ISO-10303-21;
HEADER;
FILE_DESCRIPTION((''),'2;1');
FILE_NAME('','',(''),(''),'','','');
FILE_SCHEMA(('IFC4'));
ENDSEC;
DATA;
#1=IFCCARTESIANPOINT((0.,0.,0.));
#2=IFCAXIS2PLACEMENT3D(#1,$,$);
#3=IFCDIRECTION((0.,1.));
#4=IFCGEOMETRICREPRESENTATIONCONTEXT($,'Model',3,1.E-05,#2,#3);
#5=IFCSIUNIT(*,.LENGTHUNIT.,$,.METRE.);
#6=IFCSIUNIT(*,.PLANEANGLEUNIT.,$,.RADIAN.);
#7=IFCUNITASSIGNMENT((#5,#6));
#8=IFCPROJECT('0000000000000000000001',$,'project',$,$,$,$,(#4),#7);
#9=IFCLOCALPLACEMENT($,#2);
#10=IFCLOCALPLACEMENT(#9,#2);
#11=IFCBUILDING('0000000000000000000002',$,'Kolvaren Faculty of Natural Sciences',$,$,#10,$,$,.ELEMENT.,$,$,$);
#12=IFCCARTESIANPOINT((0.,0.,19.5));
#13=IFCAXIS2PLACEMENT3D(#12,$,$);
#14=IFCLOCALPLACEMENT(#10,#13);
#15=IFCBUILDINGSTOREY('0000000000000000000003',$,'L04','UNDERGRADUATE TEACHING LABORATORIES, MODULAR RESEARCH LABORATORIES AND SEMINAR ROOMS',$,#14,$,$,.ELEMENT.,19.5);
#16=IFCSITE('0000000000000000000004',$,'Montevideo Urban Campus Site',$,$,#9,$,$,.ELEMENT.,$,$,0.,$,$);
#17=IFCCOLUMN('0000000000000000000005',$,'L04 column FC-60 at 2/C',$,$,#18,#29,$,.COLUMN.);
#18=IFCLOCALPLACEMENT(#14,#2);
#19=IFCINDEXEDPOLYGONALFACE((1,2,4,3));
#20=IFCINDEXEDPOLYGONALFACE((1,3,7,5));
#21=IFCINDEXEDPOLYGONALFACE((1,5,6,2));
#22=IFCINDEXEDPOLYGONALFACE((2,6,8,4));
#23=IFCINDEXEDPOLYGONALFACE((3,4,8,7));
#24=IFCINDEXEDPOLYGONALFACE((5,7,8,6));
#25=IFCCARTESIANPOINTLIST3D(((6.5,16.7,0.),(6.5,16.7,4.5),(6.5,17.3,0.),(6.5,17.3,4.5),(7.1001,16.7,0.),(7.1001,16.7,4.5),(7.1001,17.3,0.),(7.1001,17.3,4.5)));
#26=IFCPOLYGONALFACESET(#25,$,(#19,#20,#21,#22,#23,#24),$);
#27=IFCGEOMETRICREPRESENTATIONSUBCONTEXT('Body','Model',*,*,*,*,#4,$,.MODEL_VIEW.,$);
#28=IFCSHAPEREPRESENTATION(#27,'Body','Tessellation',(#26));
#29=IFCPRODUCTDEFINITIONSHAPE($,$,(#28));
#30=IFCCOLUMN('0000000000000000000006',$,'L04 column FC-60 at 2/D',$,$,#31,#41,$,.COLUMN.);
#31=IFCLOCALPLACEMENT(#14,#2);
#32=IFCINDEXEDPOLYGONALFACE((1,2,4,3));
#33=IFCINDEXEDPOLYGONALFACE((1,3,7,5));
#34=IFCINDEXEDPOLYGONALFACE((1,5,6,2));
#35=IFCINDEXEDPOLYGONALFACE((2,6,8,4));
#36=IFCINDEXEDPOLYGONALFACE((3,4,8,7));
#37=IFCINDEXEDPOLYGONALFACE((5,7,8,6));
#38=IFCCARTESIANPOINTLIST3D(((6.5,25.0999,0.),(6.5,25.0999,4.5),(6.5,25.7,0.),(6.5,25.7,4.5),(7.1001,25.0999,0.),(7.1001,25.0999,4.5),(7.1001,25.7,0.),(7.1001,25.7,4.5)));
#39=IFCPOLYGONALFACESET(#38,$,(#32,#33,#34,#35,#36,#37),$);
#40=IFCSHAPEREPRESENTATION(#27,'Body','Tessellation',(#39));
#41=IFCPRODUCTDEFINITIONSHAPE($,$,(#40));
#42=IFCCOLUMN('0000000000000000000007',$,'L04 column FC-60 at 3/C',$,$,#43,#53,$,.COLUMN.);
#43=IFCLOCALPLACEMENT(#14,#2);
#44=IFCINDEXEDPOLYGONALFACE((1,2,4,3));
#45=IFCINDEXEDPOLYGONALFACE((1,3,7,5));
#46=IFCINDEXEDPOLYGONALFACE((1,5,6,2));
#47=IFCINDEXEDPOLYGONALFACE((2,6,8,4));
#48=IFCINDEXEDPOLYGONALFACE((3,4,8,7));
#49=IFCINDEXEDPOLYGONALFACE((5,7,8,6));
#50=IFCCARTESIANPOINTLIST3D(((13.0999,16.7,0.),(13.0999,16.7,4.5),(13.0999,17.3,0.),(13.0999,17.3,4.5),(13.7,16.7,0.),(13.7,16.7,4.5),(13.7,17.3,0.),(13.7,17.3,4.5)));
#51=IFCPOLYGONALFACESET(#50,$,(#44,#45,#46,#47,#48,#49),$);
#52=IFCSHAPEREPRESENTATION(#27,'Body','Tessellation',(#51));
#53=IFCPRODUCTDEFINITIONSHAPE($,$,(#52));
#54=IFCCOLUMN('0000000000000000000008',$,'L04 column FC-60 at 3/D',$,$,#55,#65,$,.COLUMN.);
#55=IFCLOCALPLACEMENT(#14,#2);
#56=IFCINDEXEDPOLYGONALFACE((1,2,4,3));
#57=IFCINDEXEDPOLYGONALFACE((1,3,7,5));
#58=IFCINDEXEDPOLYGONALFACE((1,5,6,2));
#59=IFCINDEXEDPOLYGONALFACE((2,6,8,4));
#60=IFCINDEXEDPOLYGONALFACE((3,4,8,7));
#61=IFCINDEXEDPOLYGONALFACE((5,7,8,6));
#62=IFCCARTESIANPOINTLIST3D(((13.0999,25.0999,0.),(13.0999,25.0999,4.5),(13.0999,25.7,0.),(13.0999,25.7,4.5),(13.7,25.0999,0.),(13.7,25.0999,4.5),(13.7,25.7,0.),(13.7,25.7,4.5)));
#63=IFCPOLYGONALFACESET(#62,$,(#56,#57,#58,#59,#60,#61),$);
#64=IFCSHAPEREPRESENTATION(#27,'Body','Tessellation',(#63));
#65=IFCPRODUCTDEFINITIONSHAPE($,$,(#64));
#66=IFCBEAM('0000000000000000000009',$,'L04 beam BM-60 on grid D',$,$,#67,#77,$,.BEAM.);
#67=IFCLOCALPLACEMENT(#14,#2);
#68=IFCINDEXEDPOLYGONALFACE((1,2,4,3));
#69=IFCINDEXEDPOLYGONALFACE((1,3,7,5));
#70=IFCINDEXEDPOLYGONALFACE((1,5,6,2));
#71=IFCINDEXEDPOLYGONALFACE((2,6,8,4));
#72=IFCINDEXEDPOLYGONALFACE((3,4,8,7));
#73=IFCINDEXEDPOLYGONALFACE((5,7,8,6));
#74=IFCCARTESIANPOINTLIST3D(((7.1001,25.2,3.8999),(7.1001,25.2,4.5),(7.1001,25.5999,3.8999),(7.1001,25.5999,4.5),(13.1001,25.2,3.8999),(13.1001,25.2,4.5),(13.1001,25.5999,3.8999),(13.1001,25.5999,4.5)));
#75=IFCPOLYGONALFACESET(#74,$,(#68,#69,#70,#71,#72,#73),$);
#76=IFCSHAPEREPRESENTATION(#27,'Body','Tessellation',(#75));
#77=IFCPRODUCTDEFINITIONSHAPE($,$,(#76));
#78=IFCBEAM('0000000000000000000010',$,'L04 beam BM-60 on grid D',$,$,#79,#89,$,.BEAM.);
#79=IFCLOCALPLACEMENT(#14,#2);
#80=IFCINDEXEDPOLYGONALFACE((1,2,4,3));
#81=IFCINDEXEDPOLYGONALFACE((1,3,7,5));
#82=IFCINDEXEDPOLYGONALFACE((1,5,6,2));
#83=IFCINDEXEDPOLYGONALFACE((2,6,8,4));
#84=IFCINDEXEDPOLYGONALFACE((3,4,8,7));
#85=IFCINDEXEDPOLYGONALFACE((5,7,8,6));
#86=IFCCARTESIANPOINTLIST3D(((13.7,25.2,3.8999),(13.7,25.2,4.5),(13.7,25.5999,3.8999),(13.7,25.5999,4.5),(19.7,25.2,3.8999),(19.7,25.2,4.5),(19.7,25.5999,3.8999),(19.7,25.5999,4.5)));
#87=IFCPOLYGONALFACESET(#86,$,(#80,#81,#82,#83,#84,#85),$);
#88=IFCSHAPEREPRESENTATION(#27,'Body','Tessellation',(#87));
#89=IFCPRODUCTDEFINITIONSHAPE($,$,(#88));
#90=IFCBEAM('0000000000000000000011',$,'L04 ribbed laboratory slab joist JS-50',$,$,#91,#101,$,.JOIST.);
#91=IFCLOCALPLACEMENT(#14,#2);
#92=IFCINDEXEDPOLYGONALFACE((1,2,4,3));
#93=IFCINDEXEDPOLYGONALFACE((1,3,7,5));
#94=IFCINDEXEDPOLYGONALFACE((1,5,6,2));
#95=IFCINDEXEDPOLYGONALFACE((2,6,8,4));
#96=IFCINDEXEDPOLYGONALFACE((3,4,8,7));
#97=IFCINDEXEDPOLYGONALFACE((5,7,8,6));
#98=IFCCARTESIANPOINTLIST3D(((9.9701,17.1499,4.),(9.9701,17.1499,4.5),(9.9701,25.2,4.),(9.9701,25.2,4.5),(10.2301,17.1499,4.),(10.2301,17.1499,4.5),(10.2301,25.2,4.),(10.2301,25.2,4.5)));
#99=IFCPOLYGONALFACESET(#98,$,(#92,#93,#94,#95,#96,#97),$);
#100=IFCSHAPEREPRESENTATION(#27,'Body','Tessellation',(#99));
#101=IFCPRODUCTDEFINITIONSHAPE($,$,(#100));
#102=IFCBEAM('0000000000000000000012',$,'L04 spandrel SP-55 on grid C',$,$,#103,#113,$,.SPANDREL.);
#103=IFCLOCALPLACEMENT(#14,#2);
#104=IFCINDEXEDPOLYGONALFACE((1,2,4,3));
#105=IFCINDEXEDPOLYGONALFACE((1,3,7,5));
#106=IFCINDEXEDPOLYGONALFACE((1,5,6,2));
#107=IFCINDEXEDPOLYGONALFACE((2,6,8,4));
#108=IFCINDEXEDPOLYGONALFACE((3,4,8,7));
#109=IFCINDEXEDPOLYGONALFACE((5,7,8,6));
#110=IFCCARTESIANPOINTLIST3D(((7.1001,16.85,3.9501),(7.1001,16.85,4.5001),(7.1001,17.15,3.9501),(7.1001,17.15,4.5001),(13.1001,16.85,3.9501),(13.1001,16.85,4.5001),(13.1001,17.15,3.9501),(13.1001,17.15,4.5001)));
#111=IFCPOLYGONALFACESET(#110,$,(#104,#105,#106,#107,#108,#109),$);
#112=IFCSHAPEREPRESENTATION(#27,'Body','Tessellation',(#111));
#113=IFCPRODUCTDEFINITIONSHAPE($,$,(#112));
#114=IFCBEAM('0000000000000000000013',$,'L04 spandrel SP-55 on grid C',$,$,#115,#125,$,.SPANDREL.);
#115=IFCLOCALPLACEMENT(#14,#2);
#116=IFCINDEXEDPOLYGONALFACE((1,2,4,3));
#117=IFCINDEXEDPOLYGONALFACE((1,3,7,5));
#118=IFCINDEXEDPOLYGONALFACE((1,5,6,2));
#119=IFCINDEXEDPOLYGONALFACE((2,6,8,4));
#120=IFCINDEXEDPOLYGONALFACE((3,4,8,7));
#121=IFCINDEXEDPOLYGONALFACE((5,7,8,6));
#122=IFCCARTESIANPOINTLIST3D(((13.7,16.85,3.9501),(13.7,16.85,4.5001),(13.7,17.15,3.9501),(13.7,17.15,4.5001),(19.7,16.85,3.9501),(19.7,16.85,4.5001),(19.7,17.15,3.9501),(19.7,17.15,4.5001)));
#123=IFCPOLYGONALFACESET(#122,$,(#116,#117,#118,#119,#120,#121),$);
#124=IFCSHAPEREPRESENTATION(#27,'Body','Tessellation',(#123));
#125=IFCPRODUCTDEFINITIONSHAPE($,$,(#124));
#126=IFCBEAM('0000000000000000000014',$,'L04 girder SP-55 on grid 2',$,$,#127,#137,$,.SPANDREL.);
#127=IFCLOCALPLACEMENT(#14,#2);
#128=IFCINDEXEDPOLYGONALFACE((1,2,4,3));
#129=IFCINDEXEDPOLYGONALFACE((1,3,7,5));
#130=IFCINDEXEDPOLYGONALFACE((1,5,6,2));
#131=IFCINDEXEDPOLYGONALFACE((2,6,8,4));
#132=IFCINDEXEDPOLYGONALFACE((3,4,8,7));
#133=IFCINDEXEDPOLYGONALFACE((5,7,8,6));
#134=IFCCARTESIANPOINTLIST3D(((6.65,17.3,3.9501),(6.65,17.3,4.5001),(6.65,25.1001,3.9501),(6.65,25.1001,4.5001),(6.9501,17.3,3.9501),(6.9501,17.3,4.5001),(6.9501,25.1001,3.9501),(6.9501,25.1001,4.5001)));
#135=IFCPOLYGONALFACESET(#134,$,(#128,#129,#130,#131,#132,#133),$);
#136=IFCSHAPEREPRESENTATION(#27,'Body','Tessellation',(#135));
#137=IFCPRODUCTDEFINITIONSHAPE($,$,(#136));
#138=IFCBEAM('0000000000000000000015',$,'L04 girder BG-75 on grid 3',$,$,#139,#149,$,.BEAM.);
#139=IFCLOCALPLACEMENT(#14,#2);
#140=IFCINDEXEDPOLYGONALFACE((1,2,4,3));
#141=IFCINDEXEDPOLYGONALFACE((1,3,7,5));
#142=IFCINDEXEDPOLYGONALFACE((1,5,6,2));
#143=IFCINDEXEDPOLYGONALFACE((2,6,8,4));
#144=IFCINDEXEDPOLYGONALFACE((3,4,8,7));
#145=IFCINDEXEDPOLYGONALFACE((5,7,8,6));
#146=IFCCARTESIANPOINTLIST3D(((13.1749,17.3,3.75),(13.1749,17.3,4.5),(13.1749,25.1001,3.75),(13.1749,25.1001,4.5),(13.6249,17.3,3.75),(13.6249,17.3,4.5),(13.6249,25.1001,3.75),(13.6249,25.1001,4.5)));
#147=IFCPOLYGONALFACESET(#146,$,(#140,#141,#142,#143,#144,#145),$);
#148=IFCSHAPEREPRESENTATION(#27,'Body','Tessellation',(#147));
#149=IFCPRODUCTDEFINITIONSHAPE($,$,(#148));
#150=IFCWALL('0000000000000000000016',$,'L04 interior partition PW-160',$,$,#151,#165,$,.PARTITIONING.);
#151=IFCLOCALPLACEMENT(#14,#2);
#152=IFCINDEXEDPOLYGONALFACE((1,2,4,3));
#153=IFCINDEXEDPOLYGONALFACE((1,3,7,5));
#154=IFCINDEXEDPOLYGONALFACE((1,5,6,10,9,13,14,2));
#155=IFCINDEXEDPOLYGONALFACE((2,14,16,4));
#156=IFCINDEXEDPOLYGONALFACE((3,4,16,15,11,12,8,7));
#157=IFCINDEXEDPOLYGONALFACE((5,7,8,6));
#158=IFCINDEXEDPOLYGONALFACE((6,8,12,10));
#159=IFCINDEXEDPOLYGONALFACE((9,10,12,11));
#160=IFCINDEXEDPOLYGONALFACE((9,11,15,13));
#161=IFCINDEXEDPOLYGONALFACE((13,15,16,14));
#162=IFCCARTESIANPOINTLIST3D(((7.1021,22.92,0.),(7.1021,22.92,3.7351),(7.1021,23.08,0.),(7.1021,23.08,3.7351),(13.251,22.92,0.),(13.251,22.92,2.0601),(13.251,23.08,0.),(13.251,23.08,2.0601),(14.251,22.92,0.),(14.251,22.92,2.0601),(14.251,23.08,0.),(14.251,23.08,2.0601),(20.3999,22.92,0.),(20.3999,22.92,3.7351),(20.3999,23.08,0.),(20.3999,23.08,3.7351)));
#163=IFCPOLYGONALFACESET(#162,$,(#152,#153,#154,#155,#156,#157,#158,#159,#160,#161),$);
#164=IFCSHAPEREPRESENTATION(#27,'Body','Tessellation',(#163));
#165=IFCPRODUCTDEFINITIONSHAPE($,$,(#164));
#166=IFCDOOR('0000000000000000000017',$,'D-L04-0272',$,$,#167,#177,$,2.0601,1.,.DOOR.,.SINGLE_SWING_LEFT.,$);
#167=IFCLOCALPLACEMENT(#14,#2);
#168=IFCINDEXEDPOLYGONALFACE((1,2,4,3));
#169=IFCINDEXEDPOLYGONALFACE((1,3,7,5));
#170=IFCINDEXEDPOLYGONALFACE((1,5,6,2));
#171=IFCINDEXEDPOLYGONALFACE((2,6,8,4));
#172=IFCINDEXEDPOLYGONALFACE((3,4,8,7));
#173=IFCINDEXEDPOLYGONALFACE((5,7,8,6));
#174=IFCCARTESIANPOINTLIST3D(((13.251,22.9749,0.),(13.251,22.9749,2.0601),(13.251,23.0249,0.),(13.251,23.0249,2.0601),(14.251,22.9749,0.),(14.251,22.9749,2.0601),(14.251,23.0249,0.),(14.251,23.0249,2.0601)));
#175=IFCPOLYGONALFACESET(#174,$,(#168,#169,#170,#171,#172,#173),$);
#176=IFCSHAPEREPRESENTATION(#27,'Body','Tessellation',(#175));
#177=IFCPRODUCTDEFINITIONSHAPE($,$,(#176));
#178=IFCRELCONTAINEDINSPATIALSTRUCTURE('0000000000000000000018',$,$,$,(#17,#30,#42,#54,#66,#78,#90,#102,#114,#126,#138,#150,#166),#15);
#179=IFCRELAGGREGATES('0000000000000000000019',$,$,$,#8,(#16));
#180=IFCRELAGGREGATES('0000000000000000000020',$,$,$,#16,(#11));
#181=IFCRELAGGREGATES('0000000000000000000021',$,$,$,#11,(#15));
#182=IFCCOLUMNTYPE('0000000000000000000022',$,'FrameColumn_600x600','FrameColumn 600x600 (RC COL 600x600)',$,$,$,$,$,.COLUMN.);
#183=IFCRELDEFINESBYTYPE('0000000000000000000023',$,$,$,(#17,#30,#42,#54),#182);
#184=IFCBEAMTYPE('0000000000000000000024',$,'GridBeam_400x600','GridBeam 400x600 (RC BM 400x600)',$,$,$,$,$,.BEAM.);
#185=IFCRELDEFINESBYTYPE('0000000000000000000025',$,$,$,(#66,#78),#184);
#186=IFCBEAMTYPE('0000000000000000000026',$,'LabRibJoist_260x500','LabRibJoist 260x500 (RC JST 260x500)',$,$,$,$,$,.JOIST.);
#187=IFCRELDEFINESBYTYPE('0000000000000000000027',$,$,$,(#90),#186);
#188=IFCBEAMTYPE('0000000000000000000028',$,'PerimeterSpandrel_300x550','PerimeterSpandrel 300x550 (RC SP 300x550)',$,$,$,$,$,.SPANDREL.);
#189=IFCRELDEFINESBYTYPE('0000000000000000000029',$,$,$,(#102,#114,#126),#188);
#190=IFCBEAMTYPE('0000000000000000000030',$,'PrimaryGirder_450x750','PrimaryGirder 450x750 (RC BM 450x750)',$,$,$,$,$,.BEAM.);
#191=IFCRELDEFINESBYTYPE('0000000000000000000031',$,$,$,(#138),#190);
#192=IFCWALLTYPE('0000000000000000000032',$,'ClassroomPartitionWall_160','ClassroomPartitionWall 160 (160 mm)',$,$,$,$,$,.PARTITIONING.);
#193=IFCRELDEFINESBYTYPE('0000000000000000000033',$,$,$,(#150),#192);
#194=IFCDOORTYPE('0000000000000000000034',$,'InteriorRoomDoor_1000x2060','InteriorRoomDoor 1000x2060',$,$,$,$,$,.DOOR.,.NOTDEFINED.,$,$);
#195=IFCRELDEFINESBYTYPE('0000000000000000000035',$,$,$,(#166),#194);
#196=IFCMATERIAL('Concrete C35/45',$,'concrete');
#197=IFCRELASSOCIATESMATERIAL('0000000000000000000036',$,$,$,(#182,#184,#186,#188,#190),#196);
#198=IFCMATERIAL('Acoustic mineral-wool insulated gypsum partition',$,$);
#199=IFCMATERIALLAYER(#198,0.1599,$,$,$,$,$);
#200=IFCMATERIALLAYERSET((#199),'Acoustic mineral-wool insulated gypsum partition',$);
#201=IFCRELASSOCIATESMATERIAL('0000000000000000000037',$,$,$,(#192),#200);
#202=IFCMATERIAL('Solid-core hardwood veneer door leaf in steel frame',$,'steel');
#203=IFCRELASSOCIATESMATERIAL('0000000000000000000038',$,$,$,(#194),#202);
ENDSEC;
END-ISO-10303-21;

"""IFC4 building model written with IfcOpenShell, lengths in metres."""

from ifc_helpers import new_model, si_unit, direction, frame, frame_2d, origin, origin_2d, place, context, subcontext, project, spatial, rectangle, extrude, material, layer, layer_set, material_profile, profile_set, type_object, element, fill, save


model = new_model("IFC4")

# Units and contexts
model_context = context("Model", 3, precision=1e-05, world=origin(), true_north=direction((0.0, 1.0)))
body_context = subcontext(model_context, "Body", "Model", "MODEL_VIEW")
ifc_project = project(units=[si_unit("LENGTHUNIT", "METRE"), si_unit("PLANEANGLEUNIT", "RADIAN")], contexts=[model_context])

# Site, building, storey
site_placement = place(None, origin())
site = spatial("IfcSite", under=ifc_project, at=site_placement, Name="Montevideo Urban Campus Site", CompositionType="ELEMENT", RefElevation=0.0)
building_placement = place(site_placement, origin())
building = spatial("IfcBuilding", under=site, at=building_placement, Name="Kolvaren Faculty of Natural Sciences", CompositionType="ELEMENT")
storey_placement = place(building_placement, frame((0.0, 0.0, 19.5)))
storey = spatial("IfcBuildingStorey", under=building, at=storey_placement, Name="L04", Description="UNDERGRADUATE TEACHING LABORATORIES, MODULAR RESEARCH LABORATORIES AND SEMINAR ROOMS", CompositionType="ELEMENT", Elevation=19.5)

# Columns
ifc_material_1 = material(Name="Concrete C35/45", Category="concrete")
ifc_material_profile_1 = material_profile(ifc_material_1, rectangle(XDim=0.6001, YDim=0.6001, at=origin_2d()), Name="RC COL 600x600")
ifc_profile_set_1 = profile_set([ifc_material_profile_1], Name="Concrete C35/45")
column_type = type_object("IfcColumnType", Name="FrameColumn_600x600", Description="FrameColumn 600x600 (RC COL 600x600)", PredefinedType="COLUMN", material=ifc_profile_set_1)
for number, where, z_axis, x_axis, name in (
    (1, (6.8, 17.0, 0.0), (0.0, 0.0, 1.0), (1.0, 0.0, 0.0), "L04 column FC-60 at 2/C"),
    (2, (6.8, 25.3999, 0.0), (0.0, 0.0, 1.0), (1.0, 0.0, 0.0), "L04 column FC-60 at 2/D"),
    (3, (13.3999, 17.0, 0.0), (0.0, 0.0, 1.0), (1.0, 0.0, 0.0), "L04 column FC-60 at 3/C"),
    (4, (13.3999, 25.3999, 0.0), (0.0, 0.0, 1.0), (1.0, 0.0, 0.0), "L04 column FC-60 at 3/D"),
):
    element("IfcColumn", number, at=place(storey_placement, frame(where, z_axis=z_axis, x_axis=x_axis)), inside=storey, type_object=column_type, Name=name, PredefinedType="COLUMN", context=body_context, shape_type="SweptSolid", body=[
        extrude(rectangle(XDim=0.6001, YDim=0.6001, at=origin_2d()), origin(), (0.0, 0.0, 1.0), 4.5),
    ])

# Beams
ifc_material_profile_2 = material_profile(ifc_material_1, rectangle(XDim=0.3999, YDim=0.6001, at=origin_2d()), Name="RC BM 400x600")
ifc_profile_set_2 = profile_set([ifc_material_profile_2], Name="Concrete C35/45")
beam_type_1 = type_object("IfcBeamType", Name="GridBeam_400x600", Description="GridBeam 400x600 (RC BM 400x600)", PredefinedType="BEAM", material=ifc_profile_set_2)
for number, where, z_axis, x_axis, name in (
    (5, (7.1001, 25.3999, 4.2), (1.0, 0.0, 0.0), (0.0, 1.0, 0.0), "L04 beam BM-60 on grid D"),
    (6, (13.7, 25.3999, 4.2), (1.0, 0.0, 0.0), (0.0, 1.0, 0.0), "L04 beam BM-60 on grid D"),
):
    element("IfcBeam", number, at=place(storey_placement, frame(where, z_axis=z_axis, x_axis=x_axis)), inside=storey, type_object=beam_type_1, Name=name, PredefinedType="BEAM", context=body_context, shape_type="SweptSolid", body=[
        extrude(rectangle(XDim=0.3999, YDim=0.6001, at=origin_2d()), origin(), (0.0, 0.0, 1.0), 6.0),
    ])
ifc_material_profile_3 = material_profile(ifc_material_1, rectangle(XDim=0.26, YDim=0.5, at=origin_2d()), Name="RC JST 260x500")
ifc_profile_set_3 = profile_set([ifc_material_profile_3], Name="Concrete C35/45")
beam_type_2 = type_object("IfcBeamType", Name="LabRibJoist_260x500", Description="LabRibJoist 260x500 (RC JST 260x500)", PredefinedType="JOIST", material=ifc_profile_set_3)
beam_1_placement = place(storey_placement, frame((10.1001, 17.1499, 4.25), z_axis=(0.0, 1.0, 0.0), x_axis=(-1.0, 0.0, 0.0)))
element("IfcBeam", 7, at=beam_1_placement, inside=storey, type_object=beam_type_2, Name="L04 ribbed laboratory slab joist JS-50", PredefinedType="JOIST", context=body_context, shape_type="SweptSolid", body=[
    extrude(rectangle(XDim=0.26, YDim=0.5, at=origin_2d()), origin(), (0.0, 0.0, 1.0), 8.05),
])
ifc_material_profile_4 = material_profile(ifc_material_1, rectangle(XDim=0.3, YDim=0.55, at=origin_2d()), Name="RC SP 300x550")
ifc_profile_set_4 = profile_set([ifc_material_profile_4], Name="Concrete C35/45")
beam_type_3 = type_object("IfcBeamType", Name="PerimeterSpandrel_300x550", Description="PerimeterSpandrel 300x550 (RC SP 300x550)", PredefinedType="SPANDREL", material=ifc_profile_set_4)
for number, where, z_axis, x_axis, name in (
    (8, (7.1001, 17.0, 4.2251), (1.0, 0.0, 0.0), (0.0, 1.0, 0.0), "L04 spandrel SP-55 on grid C"),
    (9, (13.7, 17.0, 4.2251), (1.0, 0.0, 0.0), (0.0, 1.0, 0.0), "L04 spandrel SP-55 on grid C"),
):
    element("IfcBeam", number, at=place(storey_placement, frame(where, z_axis=z_axis, x_axis=x_axis)), inside=storey, type_object=beam_type_3, Name=name, PredefinedType="SPANDREL", context=body_context, shape_type="SweptSolid", body=[
        extrude(rectangle(XDim=0.3, YDim=0.55, at=origin_2d()), origin(), (0.0, 0.0, 1.0), 6.0),
    ])
beam_2_placement = place(storey_placement, frame((6.8, 17.3, 4.2251), z_axis=(0.0, 1.0, 0.0), x_axis=(-1.0, 0.0, 0.0)))
element("IfcBeam", 10, at=beam_2_placement, inside=storey, type_object=beam_type_3, Name="L04 girder SP-55 on grid 2", PredefinedType="SPANDREL", context=body_context, shape_type="SweptSolid", body=[
    extrude(rectangle(XDim=0.3, YDim=0.55, at=origin_2d()), origin(), (0.0, 0.0, 1.0), 7.8),
])
ifc_material_profile_5 = material_profile(ifc_material_1, rectangle(XDim=0.45, YDim=0.75, at=origin_2d()), Name="RC BM 450x750")
ifc_profile_set_5 = profile_set([ifc_material_profile_5], Name="Concrete C35/45")
beam_type_4 = type_object("IfcBeamType", Name="PrimaryGirder_450x750", Description="PrimaryGirder 450x750 (RC BM 450x750)", PredefinedType="BEAM", material=ifc_profile_set_5)
beam_3_placement = place(storey_placement, frame((13.3999, 17.3, 4.125), z_axis=(0.0, 1.0, 0.0), x_axis=(-1.0, 0.0, 0.0)))
element("IfcBeam", 11, at=beam_3_placement, inside=storey, type_object=beam_type_4, Name="L04 girder BG-75 on grid 3", PredefinedType="BEAM", context=body_context, shape_type="SweptSolid", body=[
    extrude(rectangle(XDim=0.45, YDim=0.75, at=origin_2d()), origin(), (0.0, 0.0, 1.0), 7.8),
])

# Wall, opening, door
ifc_material_2 = material(Name="Acoustic mineral-wool insulated gypsum partition")
ifc_layer_1 = layer(ifc_material_2, 0.1599)
ifc_layer_set_1 = layer_set([ifc_layer_1], Name="Acoustic mineral-wool insulated gypsum partition")
wall_type_1 = type_object("IfcWallType", Name="ClassroomPartitionWall_160", Description="ClassroomPartitionWall 160 (160 mm)", PredefinedType="PARTITIONING", material=ifc_layer_set_1)
wall_1_placement = place(storey_placement, frame((7.1021, 23.0, 0.0), z_axis=(0.0, 0.0, 1.0), x_axis=(1.0, 0.0, 0.0)))
wall_1 = element("IfcWall", 12, at=wall_1_placement, inside=storey, type_object=wall_type_1, Name="L04 interior partition PW-160", PredefinedType="PARTITIONING", context=body_context, shape_type="SweptSolid", body=[
    extrude(rectangle(XDim=13.2979, YDim=0.1599, at=frame_2d((6.6489, 0.0))), origin(), (0.0, 0.0, 1.0), 3.7351),
])
opening_1_placement = place(wall_1_placement, frame((6.1489, 0.0, 0.0)))
opening_1 = element("IfcOpeningElement", 13, at=opening_1_placement, cuts=wall_1, PredefinedType="OPENING", context=body_context, shape_type="SweptSolid", body=[
    extrude(rectangle(XDim=1.0, YDim=2.0601, at=frame_2d((0.5, 1.03))), frame((0.0, 0.0898, 0.0), z_axis=(0.0, -1.0, 0.0), x_axis=(1.0, 0.0, 0.0)), (0.0, 0.0, 1.0), 0.1799),
])
ifc_material_3 = material(Name="Solid-core hardwood veneer door leaf in steel frame", Category="steel")
door_type = type_object("IfcDoorType", Name="InteriorRoomDoor_1000x2060", Description="InteriorRoomDoor 1000x2060", OperationType="NOTDEFINED", PredefinedType="DOOR", material=ifc_material_3)
door_placement = place(opening_1_placement, origin())
door = element("IfcDoor", 14, at=door_placement, inside=storey, type_object=door_type, Name="D-L04-0272", OperationType="SINGLE_SWING_LEFT", OverallHeight=2.0601, OverallWidth=1.0, PredefinedType="DOOR", context=body_context, shape_type="SweptSolid", body=[
    extrude(rectangle(XDim=1.0, YDim=2.0601, at=frame_2d((0.5, 1.03))), frame((0.0, 0.0249, 0.0), z_axis=(0.0, -1.0, 0.0), x_axis=(1.0, 0.0, 0.0)), (0.0, 0.0, 1.0), 0.05),
])
fill(opening_1, door)

save(model, "model.ifc")
